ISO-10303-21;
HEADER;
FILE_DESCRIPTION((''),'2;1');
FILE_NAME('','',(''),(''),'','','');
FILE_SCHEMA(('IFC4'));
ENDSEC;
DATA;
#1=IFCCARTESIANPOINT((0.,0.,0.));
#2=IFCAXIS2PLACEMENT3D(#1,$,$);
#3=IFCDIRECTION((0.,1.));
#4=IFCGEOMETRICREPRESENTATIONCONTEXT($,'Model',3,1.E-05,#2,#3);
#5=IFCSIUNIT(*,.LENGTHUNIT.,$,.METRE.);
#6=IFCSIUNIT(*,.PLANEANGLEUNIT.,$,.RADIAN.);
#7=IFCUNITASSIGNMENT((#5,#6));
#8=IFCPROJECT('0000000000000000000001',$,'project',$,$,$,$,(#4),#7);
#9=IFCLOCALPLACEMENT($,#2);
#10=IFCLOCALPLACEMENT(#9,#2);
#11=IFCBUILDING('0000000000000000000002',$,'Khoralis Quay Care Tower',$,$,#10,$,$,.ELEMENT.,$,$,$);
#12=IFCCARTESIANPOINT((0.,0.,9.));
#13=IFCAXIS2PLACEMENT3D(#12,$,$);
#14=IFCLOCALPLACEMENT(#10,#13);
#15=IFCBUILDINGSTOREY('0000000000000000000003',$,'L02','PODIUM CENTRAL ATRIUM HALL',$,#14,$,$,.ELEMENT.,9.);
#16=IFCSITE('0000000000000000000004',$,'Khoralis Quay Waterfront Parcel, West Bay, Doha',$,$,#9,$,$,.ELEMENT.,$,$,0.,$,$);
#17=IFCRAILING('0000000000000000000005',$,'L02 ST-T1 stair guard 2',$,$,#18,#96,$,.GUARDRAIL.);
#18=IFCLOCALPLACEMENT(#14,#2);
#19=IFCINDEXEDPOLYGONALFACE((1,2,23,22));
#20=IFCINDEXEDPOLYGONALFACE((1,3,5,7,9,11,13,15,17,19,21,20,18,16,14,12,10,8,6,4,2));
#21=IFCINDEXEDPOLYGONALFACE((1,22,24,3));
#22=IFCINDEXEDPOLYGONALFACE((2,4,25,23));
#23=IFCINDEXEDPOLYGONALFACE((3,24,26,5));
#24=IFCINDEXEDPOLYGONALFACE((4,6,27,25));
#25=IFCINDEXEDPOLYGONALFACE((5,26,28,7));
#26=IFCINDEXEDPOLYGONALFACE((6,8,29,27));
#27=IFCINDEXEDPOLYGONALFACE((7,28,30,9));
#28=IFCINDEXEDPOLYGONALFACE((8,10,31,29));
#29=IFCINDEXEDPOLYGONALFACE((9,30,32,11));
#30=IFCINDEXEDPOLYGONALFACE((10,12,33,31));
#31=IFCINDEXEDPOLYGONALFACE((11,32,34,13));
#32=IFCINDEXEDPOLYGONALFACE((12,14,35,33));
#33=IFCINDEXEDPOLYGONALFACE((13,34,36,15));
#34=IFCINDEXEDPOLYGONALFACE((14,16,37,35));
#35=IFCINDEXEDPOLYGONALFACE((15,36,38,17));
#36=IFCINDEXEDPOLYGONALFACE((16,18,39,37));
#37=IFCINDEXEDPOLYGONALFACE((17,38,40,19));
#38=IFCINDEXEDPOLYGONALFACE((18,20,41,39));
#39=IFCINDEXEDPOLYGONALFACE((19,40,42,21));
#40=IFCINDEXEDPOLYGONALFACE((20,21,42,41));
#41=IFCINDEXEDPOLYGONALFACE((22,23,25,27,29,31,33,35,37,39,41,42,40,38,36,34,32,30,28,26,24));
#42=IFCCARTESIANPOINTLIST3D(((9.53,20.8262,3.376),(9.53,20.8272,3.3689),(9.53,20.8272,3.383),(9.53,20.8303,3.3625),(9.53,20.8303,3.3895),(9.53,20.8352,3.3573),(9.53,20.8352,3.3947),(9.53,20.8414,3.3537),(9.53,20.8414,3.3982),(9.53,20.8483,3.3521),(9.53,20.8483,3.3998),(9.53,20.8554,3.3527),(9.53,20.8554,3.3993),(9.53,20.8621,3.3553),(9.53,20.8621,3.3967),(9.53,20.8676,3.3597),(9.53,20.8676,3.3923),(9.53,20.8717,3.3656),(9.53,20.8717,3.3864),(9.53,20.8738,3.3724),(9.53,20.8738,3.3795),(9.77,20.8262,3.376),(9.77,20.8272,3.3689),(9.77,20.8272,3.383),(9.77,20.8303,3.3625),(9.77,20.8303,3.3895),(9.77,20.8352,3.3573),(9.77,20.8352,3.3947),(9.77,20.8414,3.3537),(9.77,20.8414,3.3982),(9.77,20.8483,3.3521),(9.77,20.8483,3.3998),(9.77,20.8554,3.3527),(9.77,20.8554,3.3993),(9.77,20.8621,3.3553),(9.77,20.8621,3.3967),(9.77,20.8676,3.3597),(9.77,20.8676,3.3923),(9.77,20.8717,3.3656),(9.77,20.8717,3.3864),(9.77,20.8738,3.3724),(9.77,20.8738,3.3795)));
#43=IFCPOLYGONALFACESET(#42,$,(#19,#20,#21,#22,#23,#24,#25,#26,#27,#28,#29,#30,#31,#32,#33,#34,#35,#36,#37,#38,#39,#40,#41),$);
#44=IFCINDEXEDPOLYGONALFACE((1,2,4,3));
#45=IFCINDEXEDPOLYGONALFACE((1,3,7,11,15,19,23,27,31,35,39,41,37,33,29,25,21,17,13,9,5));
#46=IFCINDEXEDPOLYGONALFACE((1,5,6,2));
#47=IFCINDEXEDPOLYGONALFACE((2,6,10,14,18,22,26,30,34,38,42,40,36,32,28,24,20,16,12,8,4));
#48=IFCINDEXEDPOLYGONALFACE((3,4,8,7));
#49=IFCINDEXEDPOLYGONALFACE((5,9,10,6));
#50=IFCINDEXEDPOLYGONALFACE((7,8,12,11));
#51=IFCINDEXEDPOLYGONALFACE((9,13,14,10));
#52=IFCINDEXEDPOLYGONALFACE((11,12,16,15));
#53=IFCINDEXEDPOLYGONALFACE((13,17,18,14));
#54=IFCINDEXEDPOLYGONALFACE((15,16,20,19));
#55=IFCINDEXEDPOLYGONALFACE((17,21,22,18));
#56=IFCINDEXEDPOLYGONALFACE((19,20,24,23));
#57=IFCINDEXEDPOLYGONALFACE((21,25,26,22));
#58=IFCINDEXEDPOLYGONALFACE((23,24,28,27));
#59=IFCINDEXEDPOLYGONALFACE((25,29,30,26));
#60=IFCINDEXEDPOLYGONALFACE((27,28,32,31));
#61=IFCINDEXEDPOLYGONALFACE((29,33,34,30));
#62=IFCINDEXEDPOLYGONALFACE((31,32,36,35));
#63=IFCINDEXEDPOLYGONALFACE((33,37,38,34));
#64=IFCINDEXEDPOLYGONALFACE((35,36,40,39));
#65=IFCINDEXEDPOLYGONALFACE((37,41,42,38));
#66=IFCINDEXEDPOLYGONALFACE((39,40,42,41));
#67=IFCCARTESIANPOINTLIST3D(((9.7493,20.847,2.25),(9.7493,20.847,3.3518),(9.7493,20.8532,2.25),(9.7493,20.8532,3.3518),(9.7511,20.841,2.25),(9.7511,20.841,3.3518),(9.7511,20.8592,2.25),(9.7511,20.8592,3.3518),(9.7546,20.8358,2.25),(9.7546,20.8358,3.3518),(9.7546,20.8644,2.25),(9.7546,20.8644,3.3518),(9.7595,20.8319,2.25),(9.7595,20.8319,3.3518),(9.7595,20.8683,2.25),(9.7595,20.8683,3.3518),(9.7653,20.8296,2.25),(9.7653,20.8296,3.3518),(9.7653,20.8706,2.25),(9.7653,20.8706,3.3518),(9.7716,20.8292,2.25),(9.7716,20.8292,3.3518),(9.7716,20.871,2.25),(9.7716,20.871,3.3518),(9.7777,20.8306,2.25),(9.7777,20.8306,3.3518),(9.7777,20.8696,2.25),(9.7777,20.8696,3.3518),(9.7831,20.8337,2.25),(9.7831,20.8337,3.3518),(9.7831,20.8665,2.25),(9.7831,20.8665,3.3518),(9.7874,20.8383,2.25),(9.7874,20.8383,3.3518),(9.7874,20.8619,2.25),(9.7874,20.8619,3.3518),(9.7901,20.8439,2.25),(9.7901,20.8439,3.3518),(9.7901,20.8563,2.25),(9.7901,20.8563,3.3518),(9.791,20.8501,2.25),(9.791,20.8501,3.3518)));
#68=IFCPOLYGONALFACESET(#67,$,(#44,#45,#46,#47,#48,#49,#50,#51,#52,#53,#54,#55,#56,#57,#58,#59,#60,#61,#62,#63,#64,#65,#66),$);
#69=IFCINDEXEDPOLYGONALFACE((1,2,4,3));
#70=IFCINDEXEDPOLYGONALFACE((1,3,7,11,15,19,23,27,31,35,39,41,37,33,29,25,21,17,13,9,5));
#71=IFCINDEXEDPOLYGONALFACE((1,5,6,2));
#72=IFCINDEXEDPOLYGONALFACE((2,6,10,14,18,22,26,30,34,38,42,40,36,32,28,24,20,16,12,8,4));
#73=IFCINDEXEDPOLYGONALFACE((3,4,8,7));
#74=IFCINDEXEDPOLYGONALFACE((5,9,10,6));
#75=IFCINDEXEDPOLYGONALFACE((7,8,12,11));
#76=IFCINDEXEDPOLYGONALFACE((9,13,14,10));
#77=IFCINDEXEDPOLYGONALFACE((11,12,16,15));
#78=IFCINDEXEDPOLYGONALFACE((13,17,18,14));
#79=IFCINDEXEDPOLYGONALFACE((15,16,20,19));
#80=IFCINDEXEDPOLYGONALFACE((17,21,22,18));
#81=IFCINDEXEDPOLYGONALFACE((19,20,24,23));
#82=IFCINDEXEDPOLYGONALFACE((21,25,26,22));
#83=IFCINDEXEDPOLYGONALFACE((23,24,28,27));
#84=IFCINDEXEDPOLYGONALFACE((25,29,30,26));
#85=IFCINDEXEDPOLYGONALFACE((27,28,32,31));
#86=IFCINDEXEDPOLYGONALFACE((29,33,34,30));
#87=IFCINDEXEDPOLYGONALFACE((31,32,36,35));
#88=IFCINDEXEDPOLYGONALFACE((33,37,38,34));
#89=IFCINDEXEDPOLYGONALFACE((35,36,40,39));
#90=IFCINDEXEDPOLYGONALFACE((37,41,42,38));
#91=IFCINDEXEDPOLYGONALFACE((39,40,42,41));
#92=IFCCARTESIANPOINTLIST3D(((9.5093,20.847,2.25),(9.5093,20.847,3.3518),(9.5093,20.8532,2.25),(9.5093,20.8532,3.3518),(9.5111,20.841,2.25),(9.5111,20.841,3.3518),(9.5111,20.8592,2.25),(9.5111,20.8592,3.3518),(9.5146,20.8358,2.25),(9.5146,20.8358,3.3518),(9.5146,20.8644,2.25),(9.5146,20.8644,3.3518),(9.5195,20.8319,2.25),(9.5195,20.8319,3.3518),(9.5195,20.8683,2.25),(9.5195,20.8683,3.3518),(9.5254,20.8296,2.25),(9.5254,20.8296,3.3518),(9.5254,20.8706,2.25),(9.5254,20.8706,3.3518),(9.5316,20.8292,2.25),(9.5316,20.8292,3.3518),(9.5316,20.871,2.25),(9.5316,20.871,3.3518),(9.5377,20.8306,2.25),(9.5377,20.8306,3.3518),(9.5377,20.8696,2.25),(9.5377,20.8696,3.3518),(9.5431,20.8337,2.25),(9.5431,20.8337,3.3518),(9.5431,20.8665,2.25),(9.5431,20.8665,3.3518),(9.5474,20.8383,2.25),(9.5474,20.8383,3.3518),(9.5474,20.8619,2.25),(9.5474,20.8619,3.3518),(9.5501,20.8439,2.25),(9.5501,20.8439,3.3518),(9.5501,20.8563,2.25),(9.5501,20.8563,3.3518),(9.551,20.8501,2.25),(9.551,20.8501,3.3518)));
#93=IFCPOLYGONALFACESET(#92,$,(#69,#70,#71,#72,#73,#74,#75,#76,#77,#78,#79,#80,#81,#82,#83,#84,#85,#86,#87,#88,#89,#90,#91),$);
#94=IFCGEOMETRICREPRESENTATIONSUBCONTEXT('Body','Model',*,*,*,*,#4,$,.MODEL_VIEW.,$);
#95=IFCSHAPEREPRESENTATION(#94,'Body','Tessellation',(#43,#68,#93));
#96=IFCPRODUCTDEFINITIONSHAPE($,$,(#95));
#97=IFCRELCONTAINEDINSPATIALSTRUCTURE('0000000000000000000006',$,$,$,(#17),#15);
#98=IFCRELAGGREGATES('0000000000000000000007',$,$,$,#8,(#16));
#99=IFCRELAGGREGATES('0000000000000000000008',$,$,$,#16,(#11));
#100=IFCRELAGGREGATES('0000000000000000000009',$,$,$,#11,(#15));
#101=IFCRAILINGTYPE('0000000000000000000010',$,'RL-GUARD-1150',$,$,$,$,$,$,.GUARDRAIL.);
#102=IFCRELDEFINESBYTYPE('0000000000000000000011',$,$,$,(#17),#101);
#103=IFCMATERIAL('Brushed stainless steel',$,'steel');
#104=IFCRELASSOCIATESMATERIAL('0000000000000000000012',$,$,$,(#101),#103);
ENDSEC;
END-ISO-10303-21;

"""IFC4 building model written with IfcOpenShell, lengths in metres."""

from ifc_helpers import new_model, si_unit, direction, frame, origin, origin_2d, place, context, subcontext, project, spatial, circle, extrude, material, type_object, element, save


model = new_model("IFC4")

# Units and contexts
model_context = context("Model", 3, precision=1e-05, world=origin(), true_north=direction((0.0, 1.0)))
body_context = subcontext(model_context, "Body", "Model", "MODEL_VIEW")
ifc_project = project(units=[si_unit("LENGTHUNIT", "METRE"), si_unit("PLANEANGLEUNIT", "RADIAN")], contexts=[model_context])

# Site, building, storey
site_placement = place(None, origin())
site = spatial("IfcSite", under=ifc_project, at=site_placement, Name="Khoralis Quay Waterfront Parcel, West Bay, Doha", CompositionType="ELEMENT", RefElevation=0.0)
building_placement = place(site_placement, origin())
building = spatial("IfcBuilding", under=site, at=building_placement, Name="Khoralis Quay Care Tower", CompositionType="ELEMENT")
storey_placement = place(building_placement, frame((0.0, 0.0, 9.0)))
storey = spatial("IfcBuildingStorey", under=building, at=storey_placement, Name="L02", Description="PODIUM CENTRAL ATRIUM HALL", CompositionType="ELEMENT", Elevation=9.0)

# Shared definitions
ifc_material_1 = material(Name="Brushed stainless steel", Category="steel")

# Railing
railing_type_1 = type_object("IfcRailingType", Name="RL-GUARD-1150", PredefinedType="GUARDRAIL", material=ifc_material_1)
railing_1_placement = place(storey_placement, frame((9.77, 20.8501, 2.25)))
element("IfcRailing", 1, at=railing_1_placement, inside=storey, type_object=railing_type_1, Name="L02 ST-T1 stair guard 2", PredefinedType="GUARDRAIL", context=body_context, shape_type="SweptSolid", body=[
    extrude(circle(Radius=0.0239, at=origin_2d()), frame((0.0, 0.0, 1.126), z_axis=(-1.0, 0.0, 0.0), x_axis=(0.0, -1.0, 0.0)), (0.0, 0.0, 1.0), 0.24),
    extrude(circle(Radius=0.021, at=origin_2d()), origin(), (0.0, 0.0, 1.0), 1.1018),
    extrude(circle(Radius=0.021, at=origin_2d()), frame((-0.24, 0.0, 0.0)), (0.0, 0.0, 1.0), 1.1018),
])

save(model, "model.ifc")
